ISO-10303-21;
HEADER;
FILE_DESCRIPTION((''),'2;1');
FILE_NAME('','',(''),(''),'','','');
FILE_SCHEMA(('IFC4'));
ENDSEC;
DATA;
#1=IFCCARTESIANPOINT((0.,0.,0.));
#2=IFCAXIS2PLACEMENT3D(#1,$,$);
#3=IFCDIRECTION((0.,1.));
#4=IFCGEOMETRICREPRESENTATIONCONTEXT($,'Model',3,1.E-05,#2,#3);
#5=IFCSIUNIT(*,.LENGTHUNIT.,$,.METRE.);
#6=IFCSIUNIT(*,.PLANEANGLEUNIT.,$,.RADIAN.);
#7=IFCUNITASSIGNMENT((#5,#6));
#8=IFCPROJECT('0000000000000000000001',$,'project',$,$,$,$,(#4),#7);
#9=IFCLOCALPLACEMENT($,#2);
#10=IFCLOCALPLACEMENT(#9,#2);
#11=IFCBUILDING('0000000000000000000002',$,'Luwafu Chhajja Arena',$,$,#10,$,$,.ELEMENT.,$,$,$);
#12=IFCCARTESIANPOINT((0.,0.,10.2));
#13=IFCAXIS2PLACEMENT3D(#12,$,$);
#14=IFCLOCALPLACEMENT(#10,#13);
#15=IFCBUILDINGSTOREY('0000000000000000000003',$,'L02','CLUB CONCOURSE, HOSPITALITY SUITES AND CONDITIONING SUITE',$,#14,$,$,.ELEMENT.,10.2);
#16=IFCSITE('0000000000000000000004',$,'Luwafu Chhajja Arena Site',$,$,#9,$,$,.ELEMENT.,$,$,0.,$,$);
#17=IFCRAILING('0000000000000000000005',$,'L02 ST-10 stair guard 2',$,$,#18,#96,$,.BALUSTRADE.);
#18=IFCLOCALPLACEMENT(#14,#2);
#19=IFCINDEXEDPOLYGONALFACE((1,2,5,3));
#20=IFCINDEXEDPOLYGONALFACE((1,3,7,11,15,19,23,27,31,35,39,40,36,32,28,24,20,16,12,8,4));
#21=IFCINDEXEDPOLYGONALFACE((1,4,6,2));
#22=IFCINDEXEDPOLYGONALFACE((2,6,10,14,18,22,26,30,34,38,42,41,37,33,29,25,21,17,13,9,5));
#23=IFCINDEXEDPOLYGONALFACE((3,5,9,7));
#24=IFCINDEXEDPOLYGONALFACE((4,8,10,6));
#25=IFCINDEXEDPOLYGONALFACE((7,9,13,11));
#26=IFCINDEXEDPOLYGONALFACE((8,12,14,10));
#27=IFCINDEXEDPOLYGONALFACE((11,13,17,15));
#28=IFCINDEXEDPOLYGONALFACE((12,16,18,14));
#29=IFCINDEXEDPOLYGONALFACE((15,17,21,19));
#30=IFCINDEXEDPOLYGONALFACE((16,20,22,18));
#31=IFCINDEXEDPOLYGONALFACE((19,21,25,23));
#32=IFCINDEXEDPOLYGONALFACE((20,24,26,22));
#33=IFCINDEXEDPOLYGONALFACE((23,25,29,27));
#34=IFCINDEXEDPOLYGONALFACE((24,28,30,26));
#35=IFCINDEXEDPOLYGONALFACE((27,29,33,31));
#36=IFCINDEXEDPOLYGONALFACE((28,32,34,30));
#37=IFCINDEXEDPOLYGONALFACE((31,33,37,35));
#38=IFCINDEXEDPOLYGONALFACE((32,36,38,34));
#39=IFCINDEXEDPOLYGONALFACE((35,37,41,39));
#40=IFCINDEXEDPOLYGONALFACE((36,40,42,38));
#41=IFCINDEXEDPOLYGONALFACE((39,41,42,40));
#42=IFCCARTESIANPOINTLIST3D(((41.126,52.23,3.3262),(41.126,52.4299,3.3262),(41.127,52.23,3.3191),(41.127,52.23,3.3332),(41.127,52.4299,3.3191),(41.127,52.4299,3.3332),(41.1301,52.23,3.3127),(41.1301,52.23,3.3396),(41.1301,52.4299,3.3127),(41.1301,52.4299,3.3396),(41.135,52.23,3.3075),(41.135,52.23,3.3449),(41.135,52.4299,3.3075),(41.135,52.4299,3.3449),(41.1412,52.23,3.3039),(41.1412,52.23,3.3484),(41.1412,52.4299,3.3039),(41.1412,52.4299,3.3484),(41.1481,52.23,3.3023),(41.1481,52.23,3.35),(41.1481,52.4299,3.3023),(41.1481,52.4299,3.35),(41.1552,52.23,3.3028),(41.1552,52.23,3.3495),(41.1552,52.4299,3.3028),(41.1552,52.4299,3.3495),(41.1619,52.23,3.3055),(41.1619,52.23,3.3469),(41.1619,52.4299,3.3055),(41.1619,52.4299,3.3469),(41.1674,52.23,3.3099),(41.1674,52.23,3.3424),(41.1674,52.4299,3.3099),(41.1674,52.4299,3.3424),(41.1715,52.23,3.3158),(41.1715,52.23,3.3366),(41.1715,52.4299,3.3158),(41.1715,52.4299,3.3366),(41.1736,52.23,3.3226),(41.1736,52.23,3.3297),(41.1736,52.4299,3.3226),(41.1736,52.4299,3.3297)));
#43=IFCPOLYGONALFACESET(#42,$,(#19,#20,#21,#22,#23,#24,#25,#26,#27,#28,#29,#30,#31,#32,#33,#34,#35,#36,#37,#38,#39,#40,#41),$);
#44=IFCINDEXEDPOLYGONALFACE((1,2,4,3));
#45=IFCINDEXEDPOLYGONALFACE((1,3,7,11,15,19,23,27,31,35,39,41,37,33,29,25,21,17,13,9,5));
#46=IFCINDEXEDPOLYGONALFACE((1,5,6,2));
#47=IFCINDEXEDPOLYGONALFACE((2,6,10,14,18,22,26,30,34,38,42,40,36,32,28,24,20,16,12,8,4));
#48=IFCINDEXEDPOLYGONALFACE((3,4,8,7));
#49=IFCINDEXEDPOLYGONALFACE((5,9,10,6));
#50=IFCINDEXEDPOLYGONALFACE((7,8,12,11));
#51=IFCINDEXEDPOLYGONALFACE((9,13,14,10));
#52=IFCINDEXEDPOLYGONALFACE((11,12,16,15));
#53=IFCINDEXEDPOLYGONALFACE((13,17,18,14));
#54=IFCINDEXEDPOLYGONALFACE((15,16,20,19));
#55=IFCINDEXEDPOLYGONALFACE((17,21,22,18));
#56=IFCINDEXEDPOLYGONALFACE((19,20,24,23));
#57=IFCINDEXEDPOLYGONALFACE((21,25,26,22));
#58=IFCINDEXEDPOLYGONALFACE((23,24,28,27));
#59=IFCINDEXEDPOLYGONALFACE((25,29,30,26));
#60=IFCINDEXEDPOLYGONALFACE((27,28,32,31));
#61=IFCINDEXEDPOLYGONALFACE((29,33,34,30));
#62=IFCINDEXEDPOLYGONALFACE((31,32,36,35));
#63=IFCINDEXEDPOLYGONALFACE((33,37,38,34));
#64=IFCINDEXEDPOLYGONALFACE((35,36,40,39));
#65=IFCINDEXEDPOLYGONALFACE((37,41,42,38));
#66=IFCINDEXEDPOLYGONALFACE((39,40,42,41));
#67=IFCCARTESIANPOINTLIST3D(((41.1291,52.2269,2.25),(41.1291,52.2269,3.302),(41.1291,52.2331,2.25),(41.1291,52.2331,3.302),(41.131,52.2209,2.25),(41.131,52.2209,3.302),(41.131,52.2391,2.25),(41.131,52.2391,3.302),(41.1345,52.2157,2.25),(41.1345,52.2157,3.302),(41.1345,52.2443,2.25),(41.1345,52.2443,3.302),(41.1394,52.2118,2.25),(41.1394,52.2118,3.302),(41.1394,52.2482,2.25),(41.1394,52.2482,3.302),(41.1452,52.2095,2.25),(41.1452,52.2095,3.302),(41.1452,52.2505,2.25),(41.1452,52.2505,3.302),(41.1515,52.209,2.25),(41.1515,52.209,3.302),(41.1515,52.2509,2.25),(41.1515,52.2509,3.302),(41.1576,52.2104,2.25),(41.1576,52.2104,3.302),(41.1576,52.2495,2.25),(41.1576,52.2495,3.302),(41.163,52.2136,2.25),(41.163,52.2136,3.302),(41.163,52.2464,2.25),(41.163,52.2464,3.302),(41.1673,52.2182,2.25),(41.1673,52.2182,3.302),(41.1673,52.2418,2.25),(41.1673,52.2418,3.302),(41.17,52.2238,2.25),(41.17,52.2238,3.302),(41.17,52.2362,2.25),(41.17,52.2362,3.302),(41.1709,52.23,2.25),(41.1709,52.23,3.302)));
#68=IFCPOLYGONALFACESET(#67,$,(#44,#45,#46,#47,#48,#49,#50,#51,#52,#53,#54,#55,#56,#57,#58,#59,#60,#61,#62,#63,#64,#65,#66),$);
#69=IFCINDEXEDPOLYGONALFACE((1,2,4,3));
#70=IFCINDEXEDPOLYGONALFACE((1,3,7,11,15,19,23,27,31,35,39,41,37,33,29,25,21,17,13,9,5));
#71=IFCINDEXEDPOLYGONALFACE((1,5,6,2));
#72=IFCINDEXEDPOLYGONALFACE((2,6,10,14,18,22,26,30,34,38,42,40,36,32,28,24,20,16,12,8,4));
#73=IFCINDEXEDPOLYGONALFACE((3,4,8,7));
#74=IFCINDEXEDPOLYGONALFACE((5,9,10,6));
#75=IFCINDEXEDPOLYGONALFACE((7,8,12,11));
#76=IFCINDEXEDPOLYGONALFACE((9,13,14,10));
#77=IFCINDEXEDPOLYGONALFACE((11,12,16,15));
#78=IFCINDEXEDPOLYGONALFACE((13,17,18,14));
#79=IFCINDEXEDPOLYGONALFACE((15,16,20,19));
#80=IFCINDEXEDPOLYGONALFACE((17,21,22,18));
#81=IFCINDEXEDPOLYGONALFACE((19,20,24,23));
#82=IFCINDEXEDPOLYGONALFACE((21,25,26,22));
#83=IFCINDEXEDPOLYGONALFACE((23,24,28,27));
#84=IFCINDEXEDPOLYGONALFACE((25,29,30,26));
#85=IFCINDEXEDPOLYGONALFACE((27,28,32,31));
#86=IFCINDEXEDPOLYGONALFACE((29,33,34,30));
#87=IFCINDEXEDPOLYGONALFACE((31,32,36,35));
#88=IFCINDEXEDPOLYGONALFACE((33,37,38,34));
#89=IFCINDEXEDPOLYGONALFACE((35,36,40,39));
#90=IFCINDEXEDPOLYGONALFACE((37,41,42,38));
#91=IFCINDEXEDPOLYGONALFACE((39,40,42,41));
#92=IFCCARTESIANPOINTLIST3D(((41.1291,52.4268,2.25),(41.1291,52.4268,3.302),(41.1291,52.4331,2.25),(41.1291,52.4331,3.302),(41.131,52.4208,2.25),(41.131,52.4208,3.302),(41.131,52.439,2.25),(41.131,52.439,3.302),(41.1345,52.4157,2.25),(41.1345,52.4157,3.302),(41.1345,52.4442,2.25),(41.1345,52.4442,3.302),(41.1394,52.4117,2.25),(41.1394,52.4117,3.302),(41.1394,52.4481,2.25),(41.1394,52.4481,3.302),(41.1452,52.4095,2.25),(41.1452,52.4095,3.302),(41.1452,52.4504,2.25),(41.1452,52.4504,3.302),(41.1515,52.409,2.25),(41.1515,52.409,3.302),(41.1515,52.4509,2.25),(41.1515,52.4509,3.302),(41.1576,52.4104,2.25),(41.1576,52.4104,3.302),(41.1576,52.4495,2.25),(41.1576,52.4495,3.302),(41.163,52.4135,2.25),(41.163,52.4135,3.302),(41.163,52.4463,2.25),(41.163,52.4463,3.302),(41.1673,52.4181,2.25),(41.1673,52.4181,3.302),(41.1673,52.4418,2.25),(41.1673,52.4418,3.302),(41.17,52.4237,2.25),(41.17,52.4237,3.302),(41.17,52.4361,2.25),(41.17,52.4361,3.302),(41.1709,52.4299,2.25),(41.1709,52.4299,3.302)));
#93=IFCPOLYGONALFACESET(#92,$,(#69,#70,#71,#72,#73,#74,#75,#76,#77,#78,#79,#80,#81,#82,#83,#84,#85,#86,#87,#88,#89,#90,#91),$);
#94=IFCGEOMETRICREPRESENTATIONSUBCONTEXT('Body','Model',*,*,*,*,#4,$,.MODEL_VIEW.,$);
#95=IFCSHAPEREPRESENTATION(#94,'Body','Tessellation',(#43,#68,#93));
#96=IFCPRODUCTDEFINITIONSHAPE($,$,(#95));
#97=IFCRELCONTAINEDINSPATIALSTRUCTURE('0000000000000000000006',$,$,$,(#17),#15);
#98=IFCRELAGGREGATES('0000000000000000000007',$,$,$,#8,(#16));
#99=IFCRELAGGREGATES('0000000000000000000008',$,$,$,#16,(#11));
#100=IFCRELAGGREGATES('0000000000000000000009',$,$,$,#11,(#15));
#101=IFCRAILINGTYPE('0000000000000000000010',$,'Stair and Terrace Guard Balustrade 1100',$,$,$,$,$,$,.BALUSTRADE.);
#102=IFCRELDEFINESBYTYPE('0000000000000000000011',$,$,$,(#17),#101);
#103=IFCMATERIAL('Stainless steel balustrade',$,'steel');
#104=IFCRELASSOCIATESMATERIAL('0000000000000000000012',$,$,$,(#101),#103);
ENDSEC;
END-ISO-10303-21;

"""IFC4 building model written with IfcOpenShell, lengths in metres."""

from ifc_helpers import new_model, si_unit, direction, frame, origin, origin_2d, place, context, subcontext, project, spatial, circle, extrude, material, type_object, element, save


model = new_model("IFC4")

# Units and contexts
model_context = context("Model", 3, precision=1e-05, world=origin(), true_north=direction((0.0, 1.0)))
body_context = subcontext(model_context, "Body", "Model", "MODEL_VIEW")
ifc_project = project(units=[si_unit("LENGTHUNIT", "METRE"), si_unit("PLANEANGLEUNIT", "RADIAN")], contexts=[model_context])

# Site, building, storey
site_placement = place(None, origin())
site = spatial("IfcSite", under=ifc_project, at=site_placement, Name="Luwafu Chhajja Arena Site", CompositionType="ELEMENT", RefElevation=0.0)
building_placement = place(site_placement, origin())
building = spatial("IfcBuilding", under=site, at=building_placement, Name="Luwafu Chhajja Arena", CompositionType="ELEMENT")
storey_placement = place(building_placement, frame((0.0, 0.0, 10.2)))
storey = spatial("IfcBuildingStorey", under=building, at=storey_placement, Name="L02", Description="CLUB CONCOURSE, HOSPITALITY SUITES AND CONDITIONING SUITE", CompositionType="ELEMENT", Elevation=10.2)

# Railing
ifc_material_1 = material(Name="Stainless steel balustrade", Category="steel")
railing_type_1 = type_object("IfcRailingType", Name="Stair and Terrace Guard Balustrade 1100", PredefinedType="BALUSTRADE", material=ifc_material_1)
railing_1_placement = place(storey_placement, frame((41.1499, 52.23, 2.25)))
element("IfcRailing", 1, at=railing_1_placement, inside=storey, type_object=railing_type_1, Name="L02 ST-10 stair guard 2", PredefinedType="BALUSTRADE", context=body_context, shape_type="SweptSolid", body=[
    extrude(circle(Radius=0.0239, at=origin_2d()), frame((0.0, 0.0, 1.0762), z_axis=(0.0, 1.0, 0.0), x_axis=(-1.0, 0.0, 0.0)), (0.0, 0.0, 1.0), 0.2),
    extrude(circle(Radius=0.021, at=origin_2d()), origin(), (0.0, 0.0, 1.0), 1.052),
    extrude(circle(Radius=0.021, at=origin_2d()), frame((0.0, 0.2, 0.0)), (0.0, 0.0, 1.0), 1.052),
])

save(model, "model.ifc")
